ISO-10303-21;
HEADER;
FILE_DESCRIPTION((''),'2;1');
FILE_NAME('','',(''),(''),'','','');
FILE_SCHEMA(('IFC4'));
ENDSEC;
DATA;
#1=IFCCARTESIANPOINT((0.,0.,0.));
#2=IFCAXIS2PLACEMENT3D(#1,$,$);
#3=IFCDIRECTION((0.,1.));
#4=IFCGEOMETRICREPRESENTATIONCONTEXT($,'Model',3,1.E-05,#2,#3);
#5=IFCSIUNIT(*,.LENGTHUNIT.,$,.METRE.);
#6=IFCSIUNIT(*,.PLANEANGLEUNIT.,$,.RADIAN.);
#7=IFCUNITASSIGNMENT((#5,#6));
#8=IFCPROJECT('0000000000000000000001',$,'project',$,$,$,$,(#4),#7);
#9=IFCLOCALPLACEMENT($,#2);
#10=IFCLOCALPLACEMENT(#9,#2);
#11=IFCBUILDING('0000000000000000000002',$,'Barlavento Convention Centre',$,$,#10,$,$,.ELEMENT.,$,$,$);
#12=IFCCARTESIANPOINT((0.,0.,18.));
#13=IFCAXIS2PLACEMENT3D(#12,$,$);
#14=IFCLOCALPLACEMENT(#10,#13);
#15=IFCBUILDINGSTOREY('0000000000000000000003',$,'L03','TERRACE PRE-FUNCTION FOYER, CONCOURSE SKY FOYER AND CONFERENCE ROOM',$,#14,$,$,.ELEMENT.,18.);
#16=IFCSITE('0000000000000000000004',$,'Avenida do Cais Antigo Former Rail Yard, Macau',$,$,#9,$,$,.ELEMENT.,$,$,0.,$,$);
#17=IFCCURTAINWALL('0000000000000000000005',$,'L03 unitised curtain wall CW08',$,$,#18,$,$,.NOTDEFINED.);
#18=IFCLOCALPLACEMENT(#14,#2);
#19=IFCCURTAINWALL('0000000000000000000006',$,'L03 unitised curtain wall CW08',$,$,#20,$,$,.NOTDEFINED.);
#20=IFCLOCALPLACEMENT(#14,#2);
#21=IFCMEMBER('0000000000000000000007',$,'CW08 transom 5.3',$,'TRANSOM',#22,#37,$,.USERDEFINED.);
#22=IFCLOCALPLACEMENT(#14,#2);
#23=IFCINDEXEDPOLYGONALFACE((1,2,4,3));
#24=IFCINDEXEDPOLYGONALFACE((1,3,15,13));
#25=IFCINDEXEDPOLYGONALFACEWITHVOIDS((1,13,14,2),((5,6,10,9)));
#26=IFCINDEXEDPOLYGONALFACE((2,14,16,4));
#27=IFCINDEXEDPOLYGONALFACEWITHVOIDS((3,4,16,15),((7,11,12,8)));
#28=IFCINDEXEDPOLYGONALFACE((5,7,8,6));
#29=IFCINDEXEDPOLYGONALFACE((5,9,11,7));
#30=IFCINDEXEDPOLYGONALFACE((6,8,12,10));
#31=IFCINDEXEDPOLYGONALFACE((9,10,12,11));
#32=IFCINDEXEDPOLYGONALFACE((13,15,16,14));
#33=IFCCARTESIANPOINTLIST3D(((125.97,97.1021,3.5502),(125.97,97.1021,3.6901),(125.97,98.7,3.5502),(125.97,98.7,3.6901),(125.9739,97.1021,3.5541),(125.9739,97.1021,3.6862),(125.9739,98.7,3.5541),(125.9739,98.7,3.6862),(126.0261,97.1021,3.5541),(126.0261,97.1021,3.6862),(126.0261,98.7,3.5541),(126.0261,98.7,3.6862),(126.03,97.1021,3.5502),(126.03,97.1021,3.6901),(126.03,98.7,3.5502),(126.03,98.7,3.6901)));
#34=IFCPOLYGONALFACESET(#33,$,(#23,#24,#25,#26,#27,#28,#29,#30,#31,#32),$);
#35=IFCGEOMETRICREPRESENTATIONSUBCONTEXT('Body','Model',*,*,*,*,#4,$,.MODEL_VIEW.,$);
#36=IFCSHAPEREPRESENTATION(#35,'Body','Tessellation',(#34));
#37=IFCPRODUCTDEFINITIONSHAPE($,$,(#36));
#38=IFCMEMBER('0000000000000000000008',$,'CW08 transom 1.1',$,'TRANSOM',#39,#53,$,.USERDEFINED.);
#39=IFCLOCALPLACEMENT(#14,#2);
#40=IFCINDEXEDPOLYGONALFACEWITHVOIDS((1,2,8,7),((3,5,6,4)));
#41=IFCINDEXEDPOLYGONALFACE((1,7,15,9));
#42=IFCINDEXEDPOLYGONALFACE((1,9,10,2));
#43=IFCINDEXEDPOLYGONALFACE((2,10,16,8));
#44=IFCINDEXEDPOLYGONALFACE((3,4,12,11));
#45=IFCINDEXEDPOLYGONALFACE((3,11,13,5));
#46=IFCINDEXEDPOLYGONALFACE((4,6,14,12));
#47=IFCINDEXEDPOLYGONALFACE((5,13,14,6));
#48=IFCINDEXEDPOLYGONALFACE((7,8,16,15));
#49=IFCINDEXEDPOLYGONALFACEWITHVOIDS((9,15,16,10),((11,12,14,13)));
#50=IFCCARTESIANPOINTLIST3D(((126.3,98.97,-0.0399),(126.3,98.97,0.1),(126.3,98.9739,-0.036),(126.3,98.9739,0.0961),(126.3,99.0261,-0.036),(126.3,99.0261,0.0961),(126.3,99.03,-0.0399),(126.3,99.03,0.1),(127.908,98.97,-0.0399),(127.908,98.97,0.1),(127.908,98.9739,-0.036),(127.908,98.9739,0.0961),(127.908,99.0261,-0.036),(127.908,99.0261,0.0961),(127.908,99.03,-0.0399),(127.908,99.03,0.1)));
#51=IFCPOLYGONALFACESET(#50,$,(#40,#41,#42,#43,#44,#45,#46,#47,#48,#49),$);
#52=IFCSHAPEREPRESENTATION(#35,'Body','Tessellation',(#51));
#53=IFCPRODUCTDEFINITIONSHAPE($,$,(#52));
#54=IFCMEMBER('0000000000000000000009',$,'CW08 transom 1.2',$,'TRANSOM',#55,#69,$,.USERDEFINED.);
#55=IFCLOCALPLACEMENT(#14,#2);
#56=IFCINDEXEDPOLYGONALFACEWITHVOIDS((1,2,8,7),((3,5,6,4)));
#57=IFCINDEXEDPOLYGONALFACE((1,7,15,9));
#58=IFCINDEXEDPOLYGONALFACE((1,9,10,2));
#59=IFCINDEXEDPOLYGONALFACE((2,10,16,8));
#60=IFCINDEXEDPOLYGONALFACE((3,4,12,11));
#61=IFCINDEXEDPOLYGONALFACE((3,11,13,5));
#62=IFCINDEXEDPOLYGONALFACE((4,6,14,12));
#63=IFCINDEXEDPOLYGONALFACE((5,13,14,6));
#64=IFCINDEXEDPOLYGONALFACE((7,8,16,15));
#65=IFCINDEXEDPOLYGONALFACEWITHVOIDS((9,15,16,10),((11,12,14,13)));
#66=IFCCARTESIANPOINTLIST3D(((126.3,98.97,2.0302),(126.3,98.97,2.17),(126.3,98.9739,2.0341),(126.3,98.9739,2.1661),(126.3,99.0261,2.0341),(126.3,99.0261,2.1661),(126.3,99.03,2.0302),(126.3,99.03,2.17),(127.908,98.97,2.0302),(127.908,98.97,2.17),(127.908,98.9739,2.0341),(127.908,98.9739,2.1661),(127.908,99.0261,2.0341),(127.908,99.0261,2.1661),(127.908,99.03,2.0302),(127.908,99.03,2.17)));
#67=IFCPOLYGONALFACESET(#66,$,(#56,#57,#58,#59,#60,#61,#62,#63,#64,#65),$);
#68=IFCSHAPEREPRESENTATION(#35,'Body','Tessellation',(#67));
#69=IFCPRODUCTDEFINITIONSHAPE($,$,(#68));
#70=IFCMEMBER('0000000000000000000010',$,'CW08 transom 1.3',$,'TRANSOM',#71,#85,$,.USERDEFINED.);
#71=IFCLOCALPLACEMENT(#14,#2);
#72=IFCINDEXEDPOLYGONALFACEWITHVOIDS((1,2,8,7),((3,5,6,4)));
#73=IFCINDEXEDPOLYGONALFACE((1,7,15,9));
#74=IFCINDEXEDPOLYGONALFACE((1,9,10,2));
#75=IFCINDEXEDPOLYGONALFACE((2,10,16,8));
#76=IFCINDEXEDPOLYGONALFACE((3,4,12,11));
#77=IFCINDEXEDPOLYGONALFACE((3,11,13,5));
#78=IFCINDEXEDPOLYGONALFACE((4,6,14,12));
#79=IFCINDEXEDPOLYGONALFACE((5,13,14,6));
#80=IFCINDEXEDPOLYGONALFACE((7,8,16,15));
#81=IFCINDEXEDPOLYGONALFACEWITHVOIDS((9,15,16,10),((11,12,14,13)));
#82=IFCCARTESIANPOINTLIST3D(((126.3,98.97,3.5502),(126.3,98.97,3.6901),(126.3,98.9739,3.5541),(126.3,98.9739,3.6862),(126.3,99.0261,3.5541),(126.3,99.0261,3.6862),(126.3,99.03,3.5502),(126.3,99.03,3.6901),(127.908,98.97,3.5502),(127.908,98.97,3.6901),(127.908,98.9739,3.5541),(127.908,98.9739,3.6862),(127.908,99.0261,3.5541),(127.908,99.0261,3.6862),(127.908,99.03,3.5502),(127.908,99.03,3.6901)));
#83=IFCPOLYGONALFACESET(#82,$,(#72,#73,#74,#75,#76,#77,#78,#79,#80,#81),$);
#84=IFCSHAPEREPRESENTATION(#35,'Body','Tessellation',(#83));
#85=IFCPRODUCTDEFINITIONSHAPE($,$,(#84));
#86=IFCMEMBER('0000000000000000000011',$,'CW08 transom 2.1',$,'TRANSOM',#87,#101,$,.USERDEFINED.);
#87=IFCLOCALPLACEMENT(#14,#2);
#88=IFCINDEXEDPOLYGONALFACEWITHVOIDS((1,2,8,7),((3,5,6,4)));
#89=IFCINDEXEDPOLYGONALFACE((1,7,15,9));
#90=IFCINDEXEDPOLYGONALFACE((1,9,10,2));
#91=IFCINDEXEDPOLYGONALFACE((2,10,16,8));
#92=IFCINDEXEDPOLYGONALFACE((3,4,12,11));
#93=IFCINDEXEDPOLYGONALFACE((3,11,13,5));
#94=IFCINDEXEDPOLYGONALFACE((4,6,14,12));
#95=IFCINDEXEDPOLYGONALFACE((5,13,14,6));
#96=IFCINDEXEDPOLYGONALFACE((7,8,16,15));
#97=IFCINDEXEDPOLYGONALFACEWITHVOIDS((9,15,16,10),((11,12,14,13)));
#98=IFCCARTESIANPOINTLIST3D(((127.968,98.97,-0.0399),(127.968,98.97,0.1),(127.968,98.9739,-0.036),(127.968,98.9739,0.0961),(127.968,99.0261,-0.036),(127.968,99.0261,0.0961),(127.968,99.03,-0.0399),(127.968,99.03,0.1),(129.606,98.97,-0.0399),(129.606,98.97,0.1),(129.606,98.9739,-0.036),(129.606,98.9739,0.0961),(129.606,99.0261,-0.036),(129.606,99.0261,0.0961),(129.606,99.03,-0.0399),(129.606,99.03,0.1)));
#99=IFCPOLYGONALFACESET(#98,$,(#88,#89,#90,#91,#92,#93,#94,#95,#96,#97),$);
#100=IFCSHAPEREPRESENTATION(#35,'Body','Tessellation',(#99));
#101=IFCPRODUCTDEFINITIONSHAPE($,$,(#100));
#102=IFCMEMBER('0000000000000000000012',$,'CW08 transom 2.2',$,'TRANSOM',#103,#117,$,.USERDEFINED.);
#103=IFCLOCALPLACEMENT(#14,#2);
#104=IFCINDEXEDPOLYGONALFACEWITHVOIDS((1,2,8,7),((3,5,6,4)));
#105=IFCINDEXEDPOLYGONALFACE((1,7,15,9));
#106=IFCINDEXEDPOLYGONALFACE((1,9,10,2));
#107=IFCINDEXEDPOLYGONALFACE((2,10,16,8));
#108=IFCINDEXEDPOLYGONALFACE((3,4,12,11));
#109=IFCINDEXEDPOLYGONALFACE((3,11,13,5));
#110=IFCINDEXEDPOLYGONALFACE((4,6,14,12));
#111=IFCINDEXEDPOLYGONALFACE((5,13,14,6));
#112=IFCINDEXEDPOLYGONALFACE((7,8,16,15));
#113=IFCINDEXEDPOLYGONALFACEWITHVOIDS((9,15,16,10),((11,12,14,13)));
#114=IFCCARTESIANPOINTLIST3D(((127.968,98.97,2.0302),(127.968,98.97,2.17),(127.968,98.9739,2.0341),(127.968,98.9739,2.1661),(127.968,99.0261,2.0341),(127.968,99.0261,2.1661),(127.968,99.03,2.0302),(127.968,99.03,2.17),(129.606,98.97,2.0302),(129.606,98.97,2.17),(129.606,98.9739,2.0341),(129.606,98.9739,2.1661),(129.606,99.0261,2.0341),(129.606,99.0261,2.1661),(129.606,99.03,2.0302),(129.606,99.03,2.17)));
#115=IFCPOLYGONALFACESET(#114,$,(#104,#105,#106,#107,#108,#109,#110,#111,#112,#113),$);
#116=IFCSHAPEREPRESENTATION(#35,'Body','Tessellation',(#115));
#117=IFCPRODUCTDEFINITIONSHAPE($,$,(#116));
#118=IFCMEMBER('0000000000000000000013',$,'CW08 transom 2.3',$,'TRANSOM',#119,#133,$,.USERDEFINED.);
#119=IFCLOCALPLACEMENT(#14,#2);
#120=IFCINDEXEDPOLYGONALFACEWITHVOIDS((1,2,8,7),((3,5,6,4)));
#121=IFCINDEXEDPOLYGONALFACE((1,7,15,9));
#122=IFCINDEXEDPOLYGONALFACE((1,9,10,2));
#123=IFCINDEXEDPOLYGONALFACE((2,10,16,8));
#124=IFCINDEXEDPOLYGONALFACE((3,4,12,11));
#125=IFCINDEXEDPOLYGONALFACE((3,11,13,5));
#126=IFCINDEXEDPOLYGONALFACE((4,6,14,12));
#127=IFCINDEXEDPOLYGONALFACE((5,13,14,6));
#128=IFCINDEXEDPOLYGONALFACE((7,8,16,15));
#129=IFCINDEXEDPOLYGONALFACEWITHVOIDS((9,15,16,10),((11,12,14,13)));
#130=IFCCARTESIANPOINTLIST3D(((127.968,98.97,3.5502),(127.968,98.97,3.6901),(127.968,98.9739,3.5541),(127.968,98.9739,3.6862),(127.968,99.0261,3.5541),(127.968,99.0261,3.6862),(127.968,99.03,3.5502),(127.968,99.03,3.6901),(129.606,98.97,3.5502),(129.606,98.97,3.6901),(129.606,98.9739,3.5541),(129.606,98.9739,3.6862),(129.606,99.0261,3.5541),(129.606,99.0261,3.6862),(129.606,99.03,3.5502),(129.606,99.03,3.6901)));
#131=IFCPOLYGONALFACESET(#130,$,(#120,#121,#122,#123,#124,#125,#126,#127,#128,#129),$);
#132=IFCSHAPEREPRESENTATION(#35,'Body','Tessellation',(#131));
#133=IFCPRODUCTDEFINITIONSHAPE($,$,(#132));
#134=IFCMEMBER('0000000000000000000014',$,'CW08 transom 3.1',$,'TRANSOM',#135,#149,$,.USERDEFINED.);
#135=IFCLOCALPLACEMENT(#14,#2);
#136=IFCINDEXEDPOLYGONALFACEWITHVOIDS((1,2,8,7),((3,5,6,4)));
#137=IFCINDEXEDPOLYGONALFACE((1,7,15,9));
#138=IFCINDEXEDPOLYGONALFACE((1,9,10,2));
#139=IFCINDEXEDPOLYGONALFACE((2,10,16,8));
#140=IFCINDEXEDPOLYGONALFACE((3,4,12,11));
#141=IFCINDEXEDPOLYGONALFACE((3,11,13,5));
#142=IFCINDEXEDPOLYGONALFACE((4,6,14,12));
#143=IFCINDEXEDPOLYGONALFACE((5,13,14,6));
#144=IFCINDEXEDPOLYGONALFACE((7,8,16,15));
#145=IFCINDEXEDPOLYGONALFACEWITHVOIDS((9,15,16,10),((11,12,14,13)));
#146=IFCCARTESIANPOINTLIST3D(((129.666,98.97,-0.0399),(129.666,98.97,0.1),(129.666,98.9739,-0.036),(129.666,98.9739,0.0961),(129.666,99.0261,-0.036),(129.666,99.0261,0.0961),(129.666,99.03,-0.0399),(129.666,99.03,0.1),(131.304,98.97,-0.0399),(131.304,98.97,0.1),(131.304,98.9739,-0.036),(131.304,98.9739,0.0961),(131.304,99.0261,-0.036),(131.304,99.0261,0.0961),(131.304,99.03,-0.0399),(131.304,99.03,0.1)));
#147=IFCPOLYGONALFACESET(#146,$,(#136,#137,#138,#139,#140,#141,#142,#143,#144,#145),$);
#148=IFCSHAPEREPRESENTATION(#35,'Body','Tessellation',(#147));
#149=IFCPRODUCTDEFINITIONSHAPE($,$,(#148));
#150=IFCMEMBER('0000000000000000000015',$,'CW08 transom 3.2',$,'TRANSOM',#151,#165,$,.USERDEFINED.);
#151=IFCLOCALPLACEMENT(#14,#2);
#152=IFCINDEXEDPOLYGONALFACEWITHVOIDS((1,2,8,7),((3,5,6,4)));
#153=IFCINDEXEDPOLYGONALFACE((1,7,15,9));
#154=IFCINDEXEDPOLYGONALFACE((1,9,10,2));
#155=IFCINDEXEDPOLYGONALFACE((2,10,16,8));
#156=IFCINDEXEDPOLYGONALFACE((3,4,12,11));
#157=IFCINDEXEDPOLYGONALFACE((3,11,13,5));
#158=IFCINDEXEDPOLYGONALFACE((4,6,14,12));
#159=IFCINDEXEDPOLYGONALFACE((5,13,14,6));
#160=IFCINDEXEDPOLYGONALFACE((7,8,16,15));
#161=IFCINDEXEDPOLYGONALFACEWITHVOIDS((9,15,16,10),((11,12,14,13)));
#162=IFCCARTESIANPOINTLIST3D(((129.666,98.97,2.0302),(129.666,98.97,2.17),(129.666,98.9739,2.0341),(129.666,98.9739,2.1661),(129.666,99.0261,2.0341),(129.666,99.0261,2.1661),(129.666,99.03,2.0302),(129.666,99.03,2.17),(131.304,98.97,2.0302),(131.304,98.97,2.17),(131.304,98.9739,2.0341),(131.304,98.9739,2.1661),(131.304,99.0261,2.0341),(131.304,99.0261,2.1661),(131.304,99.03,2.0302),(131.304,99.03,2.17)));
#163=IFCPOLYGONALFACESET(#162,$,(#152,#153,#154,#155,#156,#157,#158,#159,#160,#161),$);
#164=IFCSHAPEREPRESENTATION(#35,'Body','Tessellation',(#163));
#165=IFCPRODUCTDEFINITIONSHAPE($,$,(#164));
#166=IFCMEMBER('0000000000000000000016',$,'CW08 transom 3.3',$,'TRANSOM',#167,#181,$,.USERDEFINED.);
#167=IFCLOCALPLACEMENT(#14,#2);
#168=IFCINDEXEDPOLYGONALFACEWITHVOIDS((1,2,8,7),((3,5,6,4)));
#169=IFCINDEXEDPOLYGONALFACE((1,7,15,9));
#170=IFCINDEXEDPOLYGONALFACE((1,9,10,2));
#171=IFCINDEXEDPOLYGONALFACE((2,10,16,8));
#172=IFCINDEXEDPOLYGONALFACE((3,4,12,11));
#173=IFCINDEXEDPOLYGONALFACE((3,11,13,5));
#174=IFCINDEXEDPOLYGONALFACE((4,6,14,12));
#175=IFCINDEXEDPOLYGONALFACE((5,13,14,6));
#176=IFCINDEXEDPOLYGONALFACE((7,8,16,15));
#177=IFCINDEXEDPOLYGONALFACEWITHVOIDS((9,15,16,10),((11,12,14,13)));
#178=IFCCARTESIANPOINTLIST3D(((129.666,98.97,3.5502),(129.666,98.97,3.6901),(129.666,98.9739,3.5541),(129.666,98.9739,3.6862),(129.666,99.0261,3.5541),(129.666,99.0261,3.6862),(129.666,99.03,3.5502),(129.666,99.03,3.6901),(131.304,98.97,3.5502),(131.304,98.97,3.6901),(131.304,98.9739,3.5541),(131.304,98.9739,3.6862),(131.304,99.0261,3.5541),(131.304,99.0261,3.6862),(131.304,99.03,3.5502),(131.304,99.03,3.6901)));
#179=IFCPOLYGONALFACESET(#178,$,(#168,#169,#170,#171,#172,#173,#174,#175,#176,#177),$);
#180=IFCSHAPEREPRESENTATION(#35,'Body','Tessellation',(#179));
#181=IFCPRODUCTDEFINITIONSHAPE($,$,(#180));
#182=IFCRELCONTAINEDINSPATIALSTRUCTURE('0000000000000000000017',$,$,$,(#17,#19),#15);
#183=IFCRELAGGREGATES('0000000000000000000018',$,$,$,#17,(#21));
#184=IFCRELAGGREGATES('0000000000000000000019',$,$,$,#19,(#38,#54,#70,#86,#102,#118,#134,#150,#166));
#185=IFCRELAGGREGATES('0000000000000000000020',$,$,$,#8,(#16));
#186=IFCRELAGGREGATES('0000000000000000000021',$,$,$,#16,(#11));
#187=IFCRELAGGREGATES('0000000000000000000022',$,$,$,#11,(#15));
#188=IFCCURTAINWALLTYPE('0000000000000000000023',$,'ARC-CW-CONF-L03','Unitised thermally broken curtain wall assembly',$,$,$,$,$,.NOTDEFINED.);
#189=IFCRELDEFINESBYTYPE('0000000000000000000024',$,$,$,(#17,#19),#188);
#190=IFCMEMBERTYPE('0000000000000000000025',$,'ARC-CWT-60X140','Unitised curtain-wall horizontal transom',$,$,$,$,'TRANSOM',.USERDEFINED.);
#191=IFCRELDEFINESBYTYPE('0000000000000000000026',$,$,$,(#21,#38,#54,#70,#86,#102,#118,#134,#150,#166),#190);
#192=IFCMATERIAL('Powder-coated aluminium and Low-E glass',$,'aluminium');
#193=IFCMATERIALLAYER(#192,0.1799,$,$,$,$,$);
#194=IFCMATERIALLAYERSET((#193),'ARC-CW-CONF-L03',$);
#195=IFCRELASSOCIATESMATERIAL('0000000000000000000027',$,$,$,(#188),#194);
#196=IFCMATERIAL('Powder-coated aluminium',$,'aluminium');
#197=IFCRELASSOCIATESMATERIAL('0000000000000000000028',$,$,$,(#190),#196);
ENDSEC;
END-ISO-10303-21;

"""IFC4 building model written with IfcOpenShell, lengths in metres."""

from ifc_helpers import new_model, si_unit, direction, frame, origin, origin_2d, place, context, subcontext, project, spatial, hollow_rectangle, extrude, material, layer, layer_set, material_profile, profile_set, type_object, element, aggregate, save


model = new_model("IFC4")

# Units and contexts
model_context = context("Model", 3, precision=1e-05, world=origin(), true_north=direction((0.0, 1.0)))
body_context = subcontext(model_context, "Body", "Model", "MODEL_VIEW")
ifc_project = project(units=[si_unit("LENGTHUNIT", "METRE"), si_unit("PLANEANGLEUNIT", "RADIAN")], contexts=[model_context])

# Site, building, storey
site_placement = place(None, origin())
site = spatial("IfcSite", under=ifc_project, at=site_placement, Name="Avenida do Cais Antigo Former Rail Yard, Macau", CompositionType="ELEMENT", RefElevation=0.0)
building_placement = place(site_placement, origin())
building = spatial("IfcBuilding", under=site, at=building_placement, Name="Barlavento Convention Centre", CompositionType="ELEMENT")
storey_placement = place(building_placement, frame((0.0, 0.0, 18.0)))
storey = spatial("IfcBuildingStorey", under=building, at=storey_placement, Name="L03", Description="TERRACE PRE-FUNCTION FOYER, CONCOURSE SKY FOYER AND CONFERENCE ROOM", CompositionType="ELEMENT", Elevation=18.0)

# Curtain walls
ifc_material_1 = material(Name="Powder-coated aluminium and Low-E glass", Category="aluminium")
ifc_layer_1 = layer(ifc_material_1, 0.1799)
ifc_layer_set_1 = layer_set([ifc_layer_1], Name="ARC-CW-CONF-L03")
curtain_wall_type = type_object("IfcCurtainWallType", Name="ARC-CW-CONF-L03", Description="Unitised thermally broken curtain wall assembly", PredefinedType="NOTDEFINED", material=ifc_layer_set_1)
curtain_wall_1_placement = place(storey_placement, origin())
curtain_wall_1 = element("IfcCurtainWall", 1, at=curtain_wall_1_placement, inside=storey, type_object=curtain_wall_type, Name="L03 unitised curtain wall CW08", PredefinedType="NOTDEFINED")
ifc_material_2 = material(Name="Powder-coated aluminium", Category="aluminium")
curtain_wall_2_placement = place(storey_placement, origin())
curtain_wall_2 = element("IfcCurtainWall", 2, at=curtain_wall_2_placement, inside=storey, type_object=curtain_wall_type, Name="L03 unitised curtain wall CW08", PredefinedType="NOTDEFINED")

# Members
ifc_material_profile_1 = material_profile(ifc_material_2, hollow_rectangle(XDim=0.0601, YDim=0.1399, WallThickness=0.0039, at=origin_2d()), Name="AL-TRAN 60x140x4")
ifc_profile_set_1 = profile_set([ifc_material_profile_1], Name="Powder-coated aluminium")
member_type_1 = type_object("IfcMemberType", Name="ARC-CWT-60X140", Description="Unitised curtain-wall horizontal transom", ElementType="TRANSOM", PredefinedType="USERDEFINED", material=ifc_profile_set_1)
member_1_placement = place(storey_placement, frame((126.0, 97.1021, 3.6201), z_axis=(0.0, 1.0, 0.0), x_axis=(-1.0, 0.0, 0.0)))
member_1 = element("IfcMember", 3, at=member_1_placement, type_object=member_type_1, Name="CW08 transom 5.3", ObjectType="TRANSOM", PredefinedType="USERDEFINED", context=body_context, shape_type="SweptSolid", body=[
    extrude(hollow_rectangle(XDim=0.0601, YDim=0.1399, WallThickness=0.0039, at=origin_2d()), origin(), (0.0, 0.0, 1.0), 1.5979),
])
member_2_placement = place(storey_placement, frame((126.3, 99.0, 0.03), z_axis=(1.0, 0.0, 0.0), x_axis=(0.0, 1.0, 0.0)))
member_2 = element("IfcMember", 4, at=member_2_placement, type_object=member_type_1, Name="CW08 transom 1.1", ObjectType="TRANSOM", PredefinedType="USERDEFINED", context=body_context, shape_type="SweptSolid", body=[
    extrude(hollow_rectangle(XDim=0.0601, YDim=0.1399, WallThickness=0.0039, at=origin_2d()), origin(), (0.0, 0.0, 1.0), 1.6079),
])
member_3_placement = place(storey_placement, frame((126.3, 99.0, 2.1001), z_axis=(1.0, 0.0, 0.0), x_axis=(0.0, 1.0, 0.0)))
member_3 = element("IfcMember", 5, at=member_3_placement, type_object=member_type_1, Name="CW08 transom 1.2", ObjectType="TRANSOM", PredefinedType="USERDEFINED", context=body_context, shape_type="SweptSolid", body=[
    extrude(hollow_rectangle(XDim=0.0601, YDim=0.1399, WallThickness=0.0039, at=origin_2d()), origin(), (0.0, 0.0, 1.0), 1.6079),
])
member_4_placement = place(storey_placement, frame((126.3, 99.0, 3.6201), z_axis=(1.0, 0.0, 0.0), x_axis=(0.0, 1.0, 0.0)))
member_4 = element("IfcMember", 6, at=member_4_placement, type_object=member_type_1, Name="CW08 transom 1.3", ObjectType="TRANSOM", PredefinedType="USERDEFINED", context=body_context, shape_type="SweptSolid", body=[
    extrude(hollow_rectangle(XDim=0.0601, YDim=0.1399, WallThickness=0.0039, at=origin_2d()), origin(), (0.0, 0.0, 1.0), 1.6079),
])
member_5_placement = place(storey_placement, frame((127.968, 99.0, 0.03), z_axis=(1.0, 0.0, 0.0), x_axis=(0.0, 1.0, 0.0)))
member_5 = element("IfcMember", 7, at=member_5_placement, type_object=member_type_1, Name="CW08 transom 2.1", ObjectType="TRANSOM", PredefinedType="USERDEFINED", context=body_context, shape_type="SweptSolid", body=[
    extrude(hollow_rectangle(XDim=0.0601, YDim=0.1399, WallThickness=0.0039, at=origin_2d()), origin(), (0.0, 0.0, 1.0), 1.6379),
])
member_6_placement = place(storey_placement, frame((127.968, 99.0, 2.1001), z_axis=(1.0, 0.0, 0.0), x_axis=(0.0, 1.0, 0.0)))
member_6 = element("IfcMember", 8, at=member_6_placement, type_object=member_type_1, Name="CW08 transom 2.2", ObjectType="TRANSOM", PredefinedType="USERDEFINED", context=body_context, shape_type="SweptSolid", body=[
    extrude(hollow_rectangle(XDim=0.0601, YDim=0.1399, WallThickness=0.0039, at=origin_2d()), origin(), (0.0, 0.0, 1.0), 1.6379),
])
member_7_placement = place(storey_placement, frame((127.968, 99.0, 3.6201), z_axis=(1.0, 0.0, 0.0), x_axis=(0.0, 1.0, 0.0)))
member_7 = element("IfcMember", 9, at=member_7_placement, type_object=member_type_1, Name="CW08 transom 2.3", ObjectType="TRANSOM", PredefinedType="USERDEFINED", context=body_context, shape_type="SweptSolid", body=[
    extrude(hollow_rectangle(XDim=0.0601, YDim=0.1399, WallThickness=0.0039, at=origin_2d()), origin(), (0.0, 0.0, 1.0), 1.6379),
])
member_8_placement = place(storey_placement, frame((129.666, 99.0, 0.03), z_axis=(1.0, 0.0, 0.0), x_axis=(0.0, 1.0, 0.0)))
member_8 = element("IfcMember", 10, at=member_8_placement, type_object=member_type_1, Name="CW08 transom 3.1", ObjectType="TRANSOM", PredefinedType="USERDEFINED", context=body_context, shape_type="SweptSolid", body=[
    extrude(hollow_rectangle(XDim=0.0601, YDim=0.1399, WallThickness=0.0039, at=origin_2d()), origin(), (0.0, 0.0, 1.0), 1.6379),
])
member_9_placement = place(storey_placement, frame((129.666, 99.0, 2.1001), z_axis=(1.0, 0.0, 0.0), x_axis=(0.0, 1.0, 0.0)))
member_9 = element("IfcMember", 11, at=member_9_placement, type_object=member_type_1, Name="CW08 transom 3.2", ObjectType="TRANSOM", PredefinedType="USERDEFINED", context=body_context, shape_type="SweptSolid", body=[
    extrude(hollow_rectangle(XDim=0.0601, YDim=0.1399, WallThickness=0.0039, at=origin_2d()), origin(), (0.0, 0.0, 1.0), 1.6379),
])
member_10_placement = place(storey_placement, frame((129.666, 99.0, 3.6201), z_axis=(1.0, 0.0, 0.0), x_axis=(0.0, 1.0, 0.0)))
member_10 = element("IfcMember", 12, at=member_10_placement, type_object=member_type_1, Name="CW08 transom 3.3", ObjectType="TRANSOM", PredefinedType="USERDEFINED", context=body_context, shape_type="SweptSolid", body=[
    extrude(hollow_rectangle(XDim=0.0601, YDim=0.1399, WallThickness=0.0039, at=origin_2d()), origin(), (0.0, 0.0, 1.0), 1.6379),
])

aggregate(curtain_wall_1, [member_1])
aggregate(curtain_wall_2, [member_2, member_3, member_4, member_5, member_6, member_7, member_8, member_9, member_10])

save(model, "model.ifc")
